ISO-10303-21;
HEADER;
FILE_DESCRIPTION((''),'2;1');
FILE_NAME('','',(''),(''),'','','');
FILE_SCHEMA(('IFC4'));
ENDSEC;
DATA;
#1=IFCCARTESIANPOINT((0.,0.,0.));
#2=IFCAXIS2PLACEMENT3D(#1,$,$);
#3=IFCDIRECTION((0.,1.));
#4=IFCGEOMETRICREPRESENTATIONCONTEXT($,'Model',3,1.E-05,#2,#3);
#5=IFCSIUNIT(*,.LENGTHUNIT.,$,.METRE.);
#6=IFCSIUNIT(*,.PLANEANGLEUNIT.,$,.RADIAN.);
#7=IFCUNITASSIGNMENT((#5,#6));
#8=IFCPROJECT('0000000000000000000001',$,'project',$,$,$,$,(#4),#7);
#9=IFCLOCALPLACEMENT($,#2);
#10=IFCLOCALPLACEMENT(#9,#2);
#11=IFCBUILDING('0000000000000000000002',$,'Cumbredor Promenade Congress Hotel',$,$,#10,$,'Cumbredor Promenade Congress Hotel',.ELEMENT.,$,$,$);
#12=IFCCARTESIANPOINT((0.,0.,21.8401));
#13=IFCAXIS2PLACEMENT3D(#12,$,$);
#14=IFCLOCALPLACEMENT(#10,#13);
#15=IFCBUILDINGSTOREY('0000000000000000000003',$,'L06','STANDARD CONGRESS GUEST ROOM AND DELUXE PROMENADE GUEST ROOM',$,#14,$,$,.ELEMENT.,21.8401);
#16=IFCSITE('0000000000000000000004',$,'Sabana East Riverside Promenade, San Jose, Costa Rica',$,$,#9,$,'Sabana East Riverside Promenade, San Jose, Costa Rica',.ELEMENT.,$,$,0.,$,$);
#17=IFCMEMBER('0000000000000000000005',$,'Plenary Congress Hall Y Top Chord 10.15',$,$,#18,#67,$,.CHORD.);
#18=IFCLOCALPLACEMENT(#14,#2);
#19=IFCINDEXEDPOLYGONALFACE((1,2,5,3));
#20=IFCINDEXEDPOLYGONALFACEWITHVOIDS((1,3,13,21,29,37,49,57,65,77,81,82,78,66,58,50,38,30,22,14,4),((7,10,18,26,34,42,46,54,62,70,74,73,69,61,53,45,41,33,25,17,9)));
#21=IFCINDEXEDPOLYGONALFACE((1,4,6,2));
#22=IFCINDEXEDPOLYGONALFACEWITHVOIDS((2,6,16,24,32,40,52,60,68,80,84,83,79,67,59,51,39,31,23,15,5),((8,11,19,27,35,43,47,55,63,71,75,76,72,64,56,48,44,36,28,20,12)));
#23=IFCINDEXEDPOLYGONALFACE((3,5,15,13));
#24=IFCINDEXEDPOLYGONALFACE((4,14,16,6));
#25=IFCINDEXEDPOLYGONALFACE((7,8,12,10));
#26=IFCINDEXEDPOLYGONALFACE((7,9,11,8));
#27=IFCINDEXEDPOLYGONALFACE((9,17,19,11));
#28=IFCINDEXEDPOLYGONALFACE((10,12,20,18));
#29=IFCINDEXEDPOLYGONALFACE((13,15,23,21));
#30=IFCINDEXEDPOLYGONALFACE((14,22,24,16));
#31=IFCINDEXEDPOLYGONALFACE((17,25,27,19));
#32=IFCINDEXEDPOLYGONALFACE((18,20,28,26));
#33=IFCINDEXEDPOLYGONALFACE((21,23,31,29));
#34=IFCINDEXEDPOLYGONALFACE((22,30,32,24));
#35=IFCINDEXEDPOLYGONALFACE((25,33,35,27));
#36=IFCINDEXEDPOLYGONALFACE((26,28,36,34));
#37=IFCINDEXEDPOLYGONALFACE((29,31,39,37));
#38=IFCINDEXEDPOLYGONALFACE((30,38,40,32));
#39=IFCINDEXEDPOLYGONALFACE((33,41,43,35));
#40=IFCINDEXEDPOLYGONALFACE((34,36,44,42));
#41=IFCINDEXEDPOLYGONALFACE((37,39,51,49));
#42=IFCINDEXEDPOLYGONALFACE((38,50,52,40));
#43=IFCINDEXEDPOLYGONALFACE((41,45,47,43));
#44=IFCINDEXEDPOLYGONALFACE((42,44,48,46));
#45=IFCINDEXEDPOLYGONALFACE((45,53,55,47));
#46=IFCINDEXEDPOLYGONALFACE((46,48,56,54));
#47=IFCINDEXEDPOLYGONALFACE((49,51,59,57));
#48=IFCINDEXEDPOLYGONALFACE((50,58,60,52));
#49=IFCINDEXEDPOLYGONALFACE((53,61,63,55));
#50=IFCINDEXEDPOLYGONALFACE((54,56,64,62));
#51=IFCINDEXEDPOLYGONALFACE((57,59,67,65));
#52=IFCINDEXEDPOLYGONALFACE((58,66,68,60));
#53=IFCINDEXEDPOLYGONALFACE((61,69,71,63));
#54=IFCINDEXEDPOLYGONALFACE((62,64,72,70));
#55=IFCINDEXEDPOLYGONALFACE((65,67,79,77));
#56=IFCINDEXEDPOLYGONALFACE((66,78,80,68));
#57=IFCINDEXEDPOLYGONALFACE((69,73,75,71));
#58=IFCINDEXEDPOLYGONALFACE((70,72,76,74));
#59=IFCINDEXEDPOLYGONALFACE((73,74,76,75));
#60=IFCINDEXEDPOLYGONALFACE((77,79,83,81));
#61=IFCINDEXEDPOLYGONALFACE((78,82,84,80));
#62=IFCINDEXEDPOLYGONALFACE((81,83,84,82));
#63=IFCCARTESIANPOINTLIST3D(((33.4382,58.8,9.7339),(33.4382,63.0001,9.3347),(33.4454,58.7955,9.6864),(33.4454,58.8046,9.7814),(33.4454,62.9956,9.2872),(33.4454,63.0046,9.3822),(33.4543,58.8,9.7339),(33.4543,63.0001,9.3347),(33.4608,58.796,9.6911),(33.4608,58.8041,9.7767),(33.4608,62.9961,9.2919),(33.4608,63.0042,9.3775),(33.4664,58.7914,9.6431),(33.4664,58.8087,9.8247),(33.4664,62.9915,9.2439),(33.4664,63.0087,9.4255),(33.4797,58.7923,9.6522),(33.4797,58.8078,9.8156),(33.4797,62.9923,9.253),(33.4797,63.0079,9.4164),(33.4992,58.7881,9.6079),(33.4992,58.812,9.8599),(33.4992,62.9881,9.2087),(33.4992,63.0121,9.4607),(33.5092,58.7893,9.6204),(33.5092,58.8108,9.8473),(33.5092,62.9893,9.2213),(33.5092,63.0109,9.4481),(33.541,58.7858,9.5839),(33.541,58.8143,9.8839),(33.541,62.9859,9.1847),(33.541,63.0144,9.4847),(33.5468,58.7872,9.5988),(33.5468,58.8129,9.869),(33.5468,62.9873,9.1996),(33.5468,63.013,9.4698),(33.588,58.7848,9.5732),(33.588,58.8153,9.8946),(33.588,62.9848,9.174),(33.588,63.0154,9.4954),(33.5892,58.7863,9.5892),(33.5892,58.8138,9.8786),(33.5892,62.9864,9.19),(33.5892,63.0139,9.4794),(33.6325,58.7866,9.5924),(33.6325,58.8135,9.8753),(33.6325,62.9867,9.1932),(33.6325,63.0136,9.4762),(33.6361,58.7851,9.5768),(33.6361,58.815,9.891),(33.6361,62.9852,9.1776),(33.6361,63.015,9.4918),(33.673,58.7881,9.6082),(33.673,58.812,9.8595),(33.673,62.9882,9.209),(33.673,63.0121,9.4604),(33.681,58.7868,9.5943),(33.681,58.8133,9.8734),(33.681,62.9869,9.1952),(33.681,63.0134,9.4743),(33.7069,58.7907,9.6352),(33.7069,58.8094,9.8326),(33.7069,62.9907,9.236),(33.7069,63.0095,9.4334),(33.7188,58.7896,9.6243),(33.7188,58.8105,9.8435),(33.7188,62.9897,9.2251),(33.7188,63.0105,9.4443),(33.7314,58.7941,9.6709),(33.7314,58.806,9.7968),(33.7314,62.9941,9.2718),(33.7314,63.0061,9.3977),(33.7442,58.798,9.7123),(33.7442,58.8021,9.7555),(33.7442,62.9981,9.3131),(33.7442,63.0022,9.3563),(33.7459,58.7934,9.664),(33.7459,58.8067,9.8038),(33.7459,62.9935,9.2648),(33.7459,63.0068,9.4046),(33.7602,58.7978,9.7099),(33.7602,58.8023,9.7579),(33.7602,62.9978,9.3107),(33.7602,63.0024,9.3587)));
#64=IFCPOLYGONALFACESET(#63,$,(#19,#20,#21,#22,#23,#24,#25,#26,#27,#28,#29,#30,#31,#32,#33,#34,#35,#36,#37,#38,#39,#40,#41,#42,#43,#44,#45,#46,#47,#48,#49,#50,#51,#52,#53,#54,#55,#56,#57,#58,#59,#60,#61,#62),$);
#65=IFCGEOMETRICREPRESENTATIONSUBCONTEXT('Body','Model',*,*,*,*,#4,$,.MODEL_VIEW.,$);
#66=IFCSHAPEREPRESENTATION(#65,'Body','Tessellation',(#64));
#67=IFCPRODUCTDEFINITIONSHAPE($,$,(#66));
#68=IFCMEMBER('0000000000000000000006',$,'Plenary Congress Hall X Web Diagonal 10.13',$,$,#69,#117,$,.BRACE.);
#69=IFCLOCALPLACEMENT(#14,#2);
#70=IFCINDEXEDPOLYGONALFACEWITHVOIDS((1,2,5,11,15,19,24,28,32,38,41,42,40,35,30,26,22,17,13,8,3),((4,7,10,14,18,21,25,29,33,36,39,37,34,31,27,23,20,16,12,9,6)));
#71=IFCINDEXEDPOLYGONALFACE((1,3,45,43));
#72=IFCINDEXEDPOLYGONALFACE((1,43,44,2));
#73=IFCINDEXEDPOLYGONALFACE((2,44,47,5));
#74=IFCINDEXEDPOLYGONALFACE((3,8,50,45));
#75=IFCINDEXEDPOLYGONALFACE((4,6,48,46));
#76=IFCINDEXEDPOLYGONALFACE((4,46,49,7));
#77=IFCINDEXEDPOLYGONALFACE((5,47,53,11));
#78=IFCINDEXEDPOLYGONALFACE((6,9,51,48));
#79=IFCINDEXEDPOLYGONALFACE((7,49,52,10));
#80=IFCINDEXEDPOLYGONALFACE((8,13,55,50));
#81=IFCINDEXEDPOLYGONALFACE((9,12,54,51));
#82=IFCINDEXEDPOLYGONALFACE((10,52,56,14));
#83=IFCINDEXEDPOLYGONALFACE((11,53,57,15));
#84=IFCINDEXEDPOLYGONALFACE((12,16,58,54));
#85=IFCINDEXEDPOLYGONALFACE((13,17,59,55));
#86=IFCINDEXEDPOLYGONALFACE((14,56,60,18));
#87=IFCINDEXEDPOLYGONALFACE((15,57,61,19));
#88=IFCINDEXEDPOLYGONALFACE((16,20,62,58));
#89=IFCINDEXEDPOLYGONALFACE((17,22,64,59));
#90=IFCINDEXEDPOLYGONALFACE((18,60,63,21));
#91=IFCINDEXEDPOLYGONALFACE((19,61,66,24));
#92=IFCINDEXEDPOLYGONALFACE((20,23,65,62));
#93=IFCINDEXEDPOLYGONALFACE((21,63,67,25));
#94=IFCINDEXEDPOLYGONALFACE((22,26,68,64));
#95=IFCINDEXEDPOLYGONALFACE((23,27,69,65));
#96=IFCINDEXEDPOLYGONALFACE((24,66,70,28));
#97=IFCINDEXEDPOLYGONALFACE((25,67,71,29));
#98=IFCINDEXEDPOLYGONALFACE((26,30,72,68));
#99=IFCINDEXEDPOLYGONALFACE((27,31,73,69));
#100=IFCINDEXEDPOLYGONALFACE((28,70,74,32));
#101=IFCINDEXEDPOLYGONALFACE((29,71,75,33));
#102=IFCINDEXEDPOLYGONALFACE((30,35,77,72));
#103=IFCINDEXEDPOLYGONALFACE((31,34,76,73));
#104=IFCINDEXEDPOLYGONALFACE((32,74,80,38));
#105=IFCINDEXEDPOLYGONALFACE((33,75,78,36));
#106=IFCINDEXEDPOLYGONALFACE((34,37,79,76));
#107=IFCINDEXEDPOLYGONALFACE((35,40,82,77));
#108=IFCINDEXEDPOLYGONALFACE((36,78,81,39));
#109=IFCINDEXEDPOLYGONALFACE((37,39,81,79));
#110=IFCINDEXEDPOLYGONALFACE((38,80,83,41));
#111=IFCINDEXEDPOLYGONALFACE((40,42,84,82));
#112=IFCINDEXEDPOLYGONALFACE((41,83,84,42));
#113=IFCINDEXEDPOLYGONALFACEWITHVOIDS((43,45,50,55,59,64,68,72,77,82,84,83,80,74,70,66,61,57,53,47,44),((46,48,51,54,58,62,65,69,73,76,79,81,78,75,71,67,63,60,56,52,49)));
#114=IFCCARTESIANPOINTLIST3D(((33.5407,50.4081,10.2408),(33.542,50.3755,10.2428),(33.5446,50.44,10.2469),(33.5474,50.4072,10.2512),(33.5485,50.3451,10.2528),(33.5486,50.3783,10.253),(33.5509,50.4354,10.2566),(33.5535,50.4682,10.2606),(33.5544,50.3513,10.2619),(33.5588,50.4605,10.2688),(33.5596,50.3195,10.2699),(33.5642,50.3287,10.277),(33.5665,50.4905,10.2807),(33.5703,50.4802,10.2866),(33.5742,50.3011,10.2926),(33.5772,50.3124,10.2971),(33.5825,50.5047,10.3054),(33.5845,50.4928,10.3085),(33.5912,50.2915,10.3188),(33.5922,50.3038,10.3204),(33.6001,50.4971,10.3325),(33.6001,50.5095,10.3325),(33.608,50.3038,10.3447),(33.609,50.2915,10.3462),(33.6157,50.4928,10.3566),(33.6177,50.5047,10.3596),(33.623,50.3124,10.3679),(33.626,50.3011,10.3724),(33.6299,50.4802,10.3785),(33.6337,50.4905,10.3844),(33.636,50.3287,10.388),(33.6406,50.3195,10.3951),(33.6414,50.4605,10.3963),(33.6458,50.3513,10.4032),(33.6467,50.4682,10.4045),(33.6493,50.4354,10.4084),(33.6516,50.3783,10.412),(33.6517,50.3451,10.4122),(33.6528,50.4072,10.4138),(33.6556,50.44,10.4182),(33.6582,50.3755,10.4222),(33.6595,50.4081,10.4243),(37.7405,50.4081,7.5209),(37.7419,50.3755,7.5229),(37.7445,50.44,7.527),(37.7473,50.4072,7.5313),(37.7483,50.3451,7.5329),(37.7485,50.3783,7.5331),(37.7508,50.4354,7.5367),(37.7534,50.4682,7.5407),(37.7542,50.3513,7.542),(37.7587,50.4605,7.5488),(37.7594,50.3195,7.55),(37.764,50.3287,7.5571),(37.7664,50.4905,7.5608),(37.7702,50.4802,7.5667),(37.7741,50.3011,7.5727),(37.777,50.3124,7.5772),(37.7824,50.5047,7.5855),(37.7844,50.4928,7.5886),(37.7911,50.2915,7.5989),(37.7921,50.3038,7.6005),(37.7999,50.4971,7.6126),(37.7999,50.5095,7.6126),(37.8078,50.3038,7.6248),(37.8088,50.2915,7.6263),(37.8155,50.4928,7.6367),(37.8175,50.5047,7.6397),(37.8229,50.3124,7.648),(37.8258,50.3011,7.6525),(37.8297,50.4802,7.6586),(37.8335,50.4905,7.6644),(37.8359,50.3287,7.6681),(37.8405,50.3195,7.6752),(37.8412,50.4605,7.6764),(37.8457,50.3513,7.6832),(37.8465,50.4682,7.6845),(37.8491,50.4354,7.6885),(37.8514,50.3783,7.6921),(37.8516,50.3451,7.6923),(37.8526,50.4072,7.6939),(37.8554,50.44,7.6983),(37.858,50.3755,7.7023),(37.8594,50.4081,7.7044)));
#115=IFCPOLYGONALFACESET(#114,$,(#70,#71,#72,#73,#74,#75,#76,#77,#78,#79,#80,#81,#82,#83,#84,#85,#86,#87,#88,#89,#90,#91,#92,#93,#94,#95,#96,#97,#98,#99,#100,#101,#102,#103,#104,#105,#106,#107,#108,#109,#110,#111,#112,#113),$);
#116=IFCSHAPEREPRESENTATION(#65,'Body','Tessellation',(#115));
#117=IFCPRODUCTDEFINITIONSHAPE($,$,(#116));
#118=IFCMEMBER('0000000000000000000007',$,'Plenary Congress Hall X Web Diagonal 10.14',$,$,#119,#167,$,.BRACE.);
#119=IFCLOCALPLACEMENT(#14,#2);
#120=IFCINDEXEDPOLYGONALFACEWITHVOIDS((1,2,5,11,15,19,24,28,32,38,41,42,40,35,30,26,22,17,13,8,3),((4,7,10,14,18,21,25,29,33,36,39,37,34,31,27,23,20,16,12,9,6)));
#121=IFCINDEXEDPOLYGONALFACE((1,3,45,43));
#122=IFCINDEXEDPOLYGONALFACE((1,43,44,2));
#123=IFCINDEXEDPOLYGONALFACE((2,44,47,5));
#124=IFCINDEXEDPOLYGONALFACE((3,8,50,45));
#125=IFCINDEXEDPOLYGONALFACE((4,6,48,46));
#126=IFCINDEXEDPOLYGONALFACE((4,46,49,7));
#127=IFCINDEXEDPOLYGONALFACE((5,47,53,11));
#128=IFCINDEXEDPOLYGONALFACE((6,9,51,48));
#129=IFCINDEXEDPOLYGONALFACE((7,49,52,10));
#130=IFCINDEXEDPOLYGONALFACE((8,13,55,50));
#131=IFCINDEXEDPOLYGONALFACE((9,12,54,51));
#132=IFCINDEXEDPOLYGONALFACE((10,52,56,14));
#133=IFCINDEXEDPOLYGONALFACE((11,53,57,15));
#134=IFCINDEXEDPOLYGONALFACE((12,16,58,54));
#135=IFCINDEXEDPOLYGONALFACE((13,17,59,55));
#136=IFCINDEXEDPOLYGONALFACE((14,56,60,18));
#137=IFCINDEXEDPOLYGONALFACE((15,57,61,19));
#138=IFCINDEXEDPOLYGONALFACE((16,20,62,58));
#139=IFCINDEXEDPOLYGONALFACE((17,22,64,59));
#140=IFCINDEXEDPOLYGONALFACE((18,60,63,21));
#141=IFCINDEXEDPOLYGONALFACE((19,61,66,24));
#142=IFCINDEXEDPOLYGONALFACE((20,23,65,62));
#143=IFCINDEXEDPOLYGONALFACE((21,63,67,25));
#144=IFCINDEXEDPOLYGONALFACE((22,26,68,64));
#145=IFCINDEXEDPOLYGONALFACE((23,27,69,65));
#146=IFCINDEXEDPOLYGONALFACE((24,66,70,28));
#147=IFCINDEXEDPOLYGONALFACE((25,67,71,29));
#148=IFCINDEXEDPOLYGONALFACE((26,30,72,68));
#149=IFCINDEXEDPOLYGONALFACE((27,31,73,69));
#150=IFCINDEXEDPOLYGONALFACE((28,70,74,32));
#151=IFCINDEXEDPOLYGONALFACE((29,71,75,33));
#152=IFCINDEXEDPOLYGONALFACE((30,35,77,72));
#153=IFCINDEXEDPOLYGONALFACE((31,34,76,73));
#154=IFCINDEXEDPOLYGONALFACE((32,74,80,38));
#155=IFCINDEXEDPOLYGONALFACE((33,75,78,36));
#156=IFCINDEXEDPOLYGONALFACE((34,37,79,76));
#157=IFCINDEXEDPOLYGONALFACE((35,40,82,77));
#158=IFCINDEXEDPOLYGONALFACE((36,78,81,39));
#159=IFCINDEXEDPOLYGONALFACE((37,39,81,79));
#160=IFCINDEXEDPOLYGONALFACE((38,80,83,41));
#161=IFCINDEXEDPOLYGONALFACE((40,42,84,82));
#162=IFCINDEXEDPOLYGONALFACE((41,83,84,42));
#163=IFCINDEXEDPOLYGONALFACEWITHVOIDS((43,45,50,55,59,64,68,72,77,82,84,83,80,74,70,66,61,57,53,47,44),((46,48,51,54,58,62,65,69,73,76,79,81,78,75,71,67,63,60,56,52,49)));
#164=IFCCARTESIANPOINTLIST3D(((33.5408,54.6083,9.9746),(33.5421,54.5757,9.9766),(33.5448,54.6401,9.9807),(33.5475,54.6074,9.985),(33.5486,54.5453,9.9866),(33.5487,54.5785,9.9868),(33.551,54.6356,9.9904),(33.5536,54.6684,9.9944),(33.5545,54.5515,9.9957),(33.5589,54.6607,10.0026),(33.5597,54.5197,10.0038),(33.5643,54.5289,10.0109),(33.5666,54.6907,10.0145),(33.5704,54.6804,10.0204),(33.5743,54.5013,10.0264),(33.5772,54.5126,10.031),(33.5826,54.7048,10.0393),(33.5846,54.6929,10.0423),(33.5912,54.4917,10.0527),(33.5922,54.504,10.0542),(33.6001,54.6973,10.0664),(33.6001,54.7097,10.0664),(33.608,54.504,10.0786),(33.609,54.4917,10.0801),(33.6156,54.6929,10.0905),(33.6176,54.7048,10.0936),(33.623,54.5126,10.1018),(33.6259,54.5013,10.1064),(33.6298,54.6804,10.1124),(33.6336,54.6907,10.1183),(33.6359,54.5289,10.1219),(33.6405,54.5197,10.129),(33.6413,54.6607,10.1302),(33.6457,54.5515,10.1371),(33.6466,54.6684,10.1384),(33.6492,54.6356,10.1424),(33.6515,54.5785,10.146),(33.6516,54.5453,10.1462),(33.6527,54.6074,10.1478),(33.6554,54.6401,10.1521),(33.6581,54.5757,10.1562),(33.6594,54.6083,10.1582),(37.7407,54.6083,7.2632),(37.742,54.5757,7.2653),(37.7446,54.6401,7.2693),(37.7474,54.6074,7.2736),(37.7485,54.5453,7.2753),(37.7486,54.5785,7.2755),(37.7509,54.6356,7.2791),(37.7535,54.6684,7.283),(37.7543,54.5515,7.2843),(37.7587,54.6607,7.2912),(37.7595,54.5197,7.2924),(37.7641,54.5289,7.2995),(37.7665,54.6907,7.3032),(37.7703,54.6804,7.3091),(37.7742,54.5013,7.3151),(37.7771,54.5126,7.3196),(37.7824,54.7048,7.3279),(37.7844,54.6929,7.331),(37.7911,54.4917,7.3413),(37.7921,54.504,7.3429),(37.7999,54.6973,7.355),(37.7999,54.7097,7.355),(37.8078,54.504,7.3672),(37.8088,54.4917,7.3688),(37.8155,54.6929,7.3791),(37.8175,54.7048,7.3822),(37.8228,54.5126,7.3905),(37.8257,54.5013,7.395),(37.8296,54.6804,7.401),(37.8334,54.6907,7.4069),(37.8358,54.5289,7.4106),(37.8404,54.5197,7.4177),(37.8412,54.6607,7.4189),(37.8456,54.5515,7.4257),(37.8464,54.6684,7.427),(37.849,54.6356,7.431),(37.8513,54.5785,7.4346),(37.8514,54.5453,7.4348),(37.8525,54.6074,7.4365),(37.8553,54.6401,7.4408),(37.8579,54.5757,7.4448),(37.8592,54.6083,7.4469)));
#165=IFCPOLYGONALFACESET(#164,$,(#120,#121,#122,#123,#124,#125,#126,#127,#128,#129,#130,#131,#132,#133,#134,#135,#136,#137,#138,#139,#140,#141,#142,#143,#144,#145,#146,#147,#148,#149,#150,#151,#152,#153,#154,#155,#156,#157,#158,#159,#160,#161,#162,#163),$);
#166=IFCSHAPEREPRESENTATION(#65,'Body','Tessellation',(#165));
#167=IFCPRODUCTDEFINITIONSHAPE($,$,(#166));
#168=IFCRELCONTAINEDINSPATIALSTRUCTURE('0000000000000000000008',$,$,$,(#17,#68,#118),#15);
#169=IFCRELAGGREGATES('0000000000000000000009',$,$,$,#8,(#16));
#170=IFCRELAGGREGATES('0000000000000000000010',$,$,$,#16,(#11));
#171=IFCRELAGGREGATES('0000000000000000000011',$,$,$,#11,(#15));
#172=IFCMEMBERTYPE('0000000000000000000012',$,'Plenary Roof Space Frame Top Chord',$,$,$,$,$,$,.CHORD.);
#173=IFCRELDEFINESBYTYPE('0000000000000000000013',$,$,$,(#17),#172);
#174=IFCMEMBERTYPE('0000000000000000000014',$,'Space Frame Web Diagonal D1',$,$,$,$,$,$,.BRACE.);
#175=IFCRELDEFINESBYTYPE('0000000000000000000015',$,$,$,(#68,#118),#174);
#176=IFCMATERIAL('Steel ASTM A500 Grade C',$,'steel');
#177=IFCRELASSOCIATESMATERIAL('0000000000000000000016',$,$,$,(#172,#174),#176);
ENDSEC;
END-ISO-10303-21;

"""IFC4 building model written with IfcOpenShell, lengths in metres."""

from ifc_helpers import new_model, si_unit, direction, frame, origin, origin_2d, place, context, subcontext, project, spatial, hollow_circle, extrude, material, material_profile, profile_set, type_object, element, save


model = new_model("IFC4")

# Units and contexts
model_context = context("Model", 3, precision=1e-05, world=origin(), true_north=direction((0.0, 1.0)))
body_context = subcontext(model_context, "Body", "Model", "MODEL_VIEW")
ifc_project = project(units=[si_unit("LENGTHUNIT", "METRE"), si_unit("PLANEANGLEUNIT", "RADIAN")], contexts=[model_context])

# Site, building, storey
site_placement = place(None, origin())
site = spatial("IfcSite", under=ifc_project, at=site_placement, Name="Sabana East Riverside Promenade, San Jose, Costa Rica", LongName="Sabana East Riverside Promenade, San Jose, Costa Rica", CompositionType="ELEMENT", RefElevation=0.0)
building_placement = place(site_placement, origin())
building = spatial("IfcBuilding", under=site, at=building_placement, Name="Cumbredor Promenade Congress Hotel", LongName="Cumbredor Promenade Congress Hotel", CompositionType="ELEMENT")
storey_placement = place(building_placement, frame((0.0, 0.0, 21.8401)))
storey = spatial("IfcBuildingStorey", under=building, at=storey_placement, Name="L06", Description="STANDARD CONGRESS GUEST ROOM AND DELUXE PROMENADE GUEST ROOM", CompositionType="ELEMENT", Elevation=21.8401)

# Members
ifc_material_1 = material(Name="Steel ASTM A500 Grade C", Category="steel")
ifc_material_profile_1 = material_profile(ifc_material_1, hollow_circle(Radius=0.1619, WallThickness=0.0161, at=origin_2d()), Name="CHS 323.9x16")
ifc_profile_set_1 = profile_set([ifc_material_profile_1], Name="Steel ASTM A500 Grade C")
member_type_1 = type_object("IfcMemberType", Name="Plenary Roof Space Frame Top Chord", PredefinedType="CHORD", material=ifc_profile_set_1)
member_1_placement = place(storey_placement, frame((33.6001, 58.8, 9.7339), z_axis=(0.0, 0.995514, -0.094615), x_axis=(-1.0, 0.0, 0.0)))
element("IfcMember", 1, at=member_1_placement, inside=storey, type_object=member_type_1, Name="Plenary Congress Hall Y Top Chord 10.15", PredefinedType="CHORD", context=body_context, shape_type="SweptSolid", body=[
    extrude(hollow_circle(Radius=0.1619, WallThickness=0.0161, at=origin_2d()), origin(), (0.0, 0.0, 1.0), 4.219),
])
ifc_material_profile_2 = material_profile(ifc_material_1, hollow_circle(Radius=0.1096, WallThickness=0.0125, at=origin_2d()), Name="CHS 219.1x12.5")
ifc_profile_set_2 = profile_set([ifc_material_profile_2], Name="Steel ASTM A500 Grade C")
member_type_2 = type_object("IfcMemberType", Name="Space Frame Web Diagonal D1", PredefinedType="BRACE", material=ifc_profile_set_2)
member_2_placement = place(storey_placement, frame((33.6001, 50.3999, 10.3325), z_axis=(0.839355, 0.0, -0.543583), x_axis=(0.0, 1.0, 0.0)))
element("IfcMember", 2, at=member_2_placement, inside=storey, type_object=member_type_2, Name="Plenary Congress Hall X Web Diagonal 10.13", PredefinedType="BRACE", context=body_context, shape_type="SweptSolid", body=[
    extrude(hollow_circle(Radius=0.1096, WallThickness=0.0125, at=origin_2d()), origin(), (0.0, 0.0, 1.0), 5.0037),
])
member_3_placement = place(storey_placement, frame((33.6001, 54.6001, 10.0664), z_axis=(0.840134, 0.0, -0.542378), x_axis=(0.0, 1.0, 0.0)))
element("IfcMember", 3, at=member_3_placement, inside=storey, type_object=member_type_2, Name="Plenary Congress Hall X Web Diagonal 10.14", PredefinedType="BRACE", context=body_context, shape_type="SweptSolid", body=[
    extrude(hollow_circle(Radius=0.1096, WallThickness=0.0125, at=origin_2d()), origin(), (0.0, 0.0, 1.0), 4.999),
])

save(model, "model.ifc")
